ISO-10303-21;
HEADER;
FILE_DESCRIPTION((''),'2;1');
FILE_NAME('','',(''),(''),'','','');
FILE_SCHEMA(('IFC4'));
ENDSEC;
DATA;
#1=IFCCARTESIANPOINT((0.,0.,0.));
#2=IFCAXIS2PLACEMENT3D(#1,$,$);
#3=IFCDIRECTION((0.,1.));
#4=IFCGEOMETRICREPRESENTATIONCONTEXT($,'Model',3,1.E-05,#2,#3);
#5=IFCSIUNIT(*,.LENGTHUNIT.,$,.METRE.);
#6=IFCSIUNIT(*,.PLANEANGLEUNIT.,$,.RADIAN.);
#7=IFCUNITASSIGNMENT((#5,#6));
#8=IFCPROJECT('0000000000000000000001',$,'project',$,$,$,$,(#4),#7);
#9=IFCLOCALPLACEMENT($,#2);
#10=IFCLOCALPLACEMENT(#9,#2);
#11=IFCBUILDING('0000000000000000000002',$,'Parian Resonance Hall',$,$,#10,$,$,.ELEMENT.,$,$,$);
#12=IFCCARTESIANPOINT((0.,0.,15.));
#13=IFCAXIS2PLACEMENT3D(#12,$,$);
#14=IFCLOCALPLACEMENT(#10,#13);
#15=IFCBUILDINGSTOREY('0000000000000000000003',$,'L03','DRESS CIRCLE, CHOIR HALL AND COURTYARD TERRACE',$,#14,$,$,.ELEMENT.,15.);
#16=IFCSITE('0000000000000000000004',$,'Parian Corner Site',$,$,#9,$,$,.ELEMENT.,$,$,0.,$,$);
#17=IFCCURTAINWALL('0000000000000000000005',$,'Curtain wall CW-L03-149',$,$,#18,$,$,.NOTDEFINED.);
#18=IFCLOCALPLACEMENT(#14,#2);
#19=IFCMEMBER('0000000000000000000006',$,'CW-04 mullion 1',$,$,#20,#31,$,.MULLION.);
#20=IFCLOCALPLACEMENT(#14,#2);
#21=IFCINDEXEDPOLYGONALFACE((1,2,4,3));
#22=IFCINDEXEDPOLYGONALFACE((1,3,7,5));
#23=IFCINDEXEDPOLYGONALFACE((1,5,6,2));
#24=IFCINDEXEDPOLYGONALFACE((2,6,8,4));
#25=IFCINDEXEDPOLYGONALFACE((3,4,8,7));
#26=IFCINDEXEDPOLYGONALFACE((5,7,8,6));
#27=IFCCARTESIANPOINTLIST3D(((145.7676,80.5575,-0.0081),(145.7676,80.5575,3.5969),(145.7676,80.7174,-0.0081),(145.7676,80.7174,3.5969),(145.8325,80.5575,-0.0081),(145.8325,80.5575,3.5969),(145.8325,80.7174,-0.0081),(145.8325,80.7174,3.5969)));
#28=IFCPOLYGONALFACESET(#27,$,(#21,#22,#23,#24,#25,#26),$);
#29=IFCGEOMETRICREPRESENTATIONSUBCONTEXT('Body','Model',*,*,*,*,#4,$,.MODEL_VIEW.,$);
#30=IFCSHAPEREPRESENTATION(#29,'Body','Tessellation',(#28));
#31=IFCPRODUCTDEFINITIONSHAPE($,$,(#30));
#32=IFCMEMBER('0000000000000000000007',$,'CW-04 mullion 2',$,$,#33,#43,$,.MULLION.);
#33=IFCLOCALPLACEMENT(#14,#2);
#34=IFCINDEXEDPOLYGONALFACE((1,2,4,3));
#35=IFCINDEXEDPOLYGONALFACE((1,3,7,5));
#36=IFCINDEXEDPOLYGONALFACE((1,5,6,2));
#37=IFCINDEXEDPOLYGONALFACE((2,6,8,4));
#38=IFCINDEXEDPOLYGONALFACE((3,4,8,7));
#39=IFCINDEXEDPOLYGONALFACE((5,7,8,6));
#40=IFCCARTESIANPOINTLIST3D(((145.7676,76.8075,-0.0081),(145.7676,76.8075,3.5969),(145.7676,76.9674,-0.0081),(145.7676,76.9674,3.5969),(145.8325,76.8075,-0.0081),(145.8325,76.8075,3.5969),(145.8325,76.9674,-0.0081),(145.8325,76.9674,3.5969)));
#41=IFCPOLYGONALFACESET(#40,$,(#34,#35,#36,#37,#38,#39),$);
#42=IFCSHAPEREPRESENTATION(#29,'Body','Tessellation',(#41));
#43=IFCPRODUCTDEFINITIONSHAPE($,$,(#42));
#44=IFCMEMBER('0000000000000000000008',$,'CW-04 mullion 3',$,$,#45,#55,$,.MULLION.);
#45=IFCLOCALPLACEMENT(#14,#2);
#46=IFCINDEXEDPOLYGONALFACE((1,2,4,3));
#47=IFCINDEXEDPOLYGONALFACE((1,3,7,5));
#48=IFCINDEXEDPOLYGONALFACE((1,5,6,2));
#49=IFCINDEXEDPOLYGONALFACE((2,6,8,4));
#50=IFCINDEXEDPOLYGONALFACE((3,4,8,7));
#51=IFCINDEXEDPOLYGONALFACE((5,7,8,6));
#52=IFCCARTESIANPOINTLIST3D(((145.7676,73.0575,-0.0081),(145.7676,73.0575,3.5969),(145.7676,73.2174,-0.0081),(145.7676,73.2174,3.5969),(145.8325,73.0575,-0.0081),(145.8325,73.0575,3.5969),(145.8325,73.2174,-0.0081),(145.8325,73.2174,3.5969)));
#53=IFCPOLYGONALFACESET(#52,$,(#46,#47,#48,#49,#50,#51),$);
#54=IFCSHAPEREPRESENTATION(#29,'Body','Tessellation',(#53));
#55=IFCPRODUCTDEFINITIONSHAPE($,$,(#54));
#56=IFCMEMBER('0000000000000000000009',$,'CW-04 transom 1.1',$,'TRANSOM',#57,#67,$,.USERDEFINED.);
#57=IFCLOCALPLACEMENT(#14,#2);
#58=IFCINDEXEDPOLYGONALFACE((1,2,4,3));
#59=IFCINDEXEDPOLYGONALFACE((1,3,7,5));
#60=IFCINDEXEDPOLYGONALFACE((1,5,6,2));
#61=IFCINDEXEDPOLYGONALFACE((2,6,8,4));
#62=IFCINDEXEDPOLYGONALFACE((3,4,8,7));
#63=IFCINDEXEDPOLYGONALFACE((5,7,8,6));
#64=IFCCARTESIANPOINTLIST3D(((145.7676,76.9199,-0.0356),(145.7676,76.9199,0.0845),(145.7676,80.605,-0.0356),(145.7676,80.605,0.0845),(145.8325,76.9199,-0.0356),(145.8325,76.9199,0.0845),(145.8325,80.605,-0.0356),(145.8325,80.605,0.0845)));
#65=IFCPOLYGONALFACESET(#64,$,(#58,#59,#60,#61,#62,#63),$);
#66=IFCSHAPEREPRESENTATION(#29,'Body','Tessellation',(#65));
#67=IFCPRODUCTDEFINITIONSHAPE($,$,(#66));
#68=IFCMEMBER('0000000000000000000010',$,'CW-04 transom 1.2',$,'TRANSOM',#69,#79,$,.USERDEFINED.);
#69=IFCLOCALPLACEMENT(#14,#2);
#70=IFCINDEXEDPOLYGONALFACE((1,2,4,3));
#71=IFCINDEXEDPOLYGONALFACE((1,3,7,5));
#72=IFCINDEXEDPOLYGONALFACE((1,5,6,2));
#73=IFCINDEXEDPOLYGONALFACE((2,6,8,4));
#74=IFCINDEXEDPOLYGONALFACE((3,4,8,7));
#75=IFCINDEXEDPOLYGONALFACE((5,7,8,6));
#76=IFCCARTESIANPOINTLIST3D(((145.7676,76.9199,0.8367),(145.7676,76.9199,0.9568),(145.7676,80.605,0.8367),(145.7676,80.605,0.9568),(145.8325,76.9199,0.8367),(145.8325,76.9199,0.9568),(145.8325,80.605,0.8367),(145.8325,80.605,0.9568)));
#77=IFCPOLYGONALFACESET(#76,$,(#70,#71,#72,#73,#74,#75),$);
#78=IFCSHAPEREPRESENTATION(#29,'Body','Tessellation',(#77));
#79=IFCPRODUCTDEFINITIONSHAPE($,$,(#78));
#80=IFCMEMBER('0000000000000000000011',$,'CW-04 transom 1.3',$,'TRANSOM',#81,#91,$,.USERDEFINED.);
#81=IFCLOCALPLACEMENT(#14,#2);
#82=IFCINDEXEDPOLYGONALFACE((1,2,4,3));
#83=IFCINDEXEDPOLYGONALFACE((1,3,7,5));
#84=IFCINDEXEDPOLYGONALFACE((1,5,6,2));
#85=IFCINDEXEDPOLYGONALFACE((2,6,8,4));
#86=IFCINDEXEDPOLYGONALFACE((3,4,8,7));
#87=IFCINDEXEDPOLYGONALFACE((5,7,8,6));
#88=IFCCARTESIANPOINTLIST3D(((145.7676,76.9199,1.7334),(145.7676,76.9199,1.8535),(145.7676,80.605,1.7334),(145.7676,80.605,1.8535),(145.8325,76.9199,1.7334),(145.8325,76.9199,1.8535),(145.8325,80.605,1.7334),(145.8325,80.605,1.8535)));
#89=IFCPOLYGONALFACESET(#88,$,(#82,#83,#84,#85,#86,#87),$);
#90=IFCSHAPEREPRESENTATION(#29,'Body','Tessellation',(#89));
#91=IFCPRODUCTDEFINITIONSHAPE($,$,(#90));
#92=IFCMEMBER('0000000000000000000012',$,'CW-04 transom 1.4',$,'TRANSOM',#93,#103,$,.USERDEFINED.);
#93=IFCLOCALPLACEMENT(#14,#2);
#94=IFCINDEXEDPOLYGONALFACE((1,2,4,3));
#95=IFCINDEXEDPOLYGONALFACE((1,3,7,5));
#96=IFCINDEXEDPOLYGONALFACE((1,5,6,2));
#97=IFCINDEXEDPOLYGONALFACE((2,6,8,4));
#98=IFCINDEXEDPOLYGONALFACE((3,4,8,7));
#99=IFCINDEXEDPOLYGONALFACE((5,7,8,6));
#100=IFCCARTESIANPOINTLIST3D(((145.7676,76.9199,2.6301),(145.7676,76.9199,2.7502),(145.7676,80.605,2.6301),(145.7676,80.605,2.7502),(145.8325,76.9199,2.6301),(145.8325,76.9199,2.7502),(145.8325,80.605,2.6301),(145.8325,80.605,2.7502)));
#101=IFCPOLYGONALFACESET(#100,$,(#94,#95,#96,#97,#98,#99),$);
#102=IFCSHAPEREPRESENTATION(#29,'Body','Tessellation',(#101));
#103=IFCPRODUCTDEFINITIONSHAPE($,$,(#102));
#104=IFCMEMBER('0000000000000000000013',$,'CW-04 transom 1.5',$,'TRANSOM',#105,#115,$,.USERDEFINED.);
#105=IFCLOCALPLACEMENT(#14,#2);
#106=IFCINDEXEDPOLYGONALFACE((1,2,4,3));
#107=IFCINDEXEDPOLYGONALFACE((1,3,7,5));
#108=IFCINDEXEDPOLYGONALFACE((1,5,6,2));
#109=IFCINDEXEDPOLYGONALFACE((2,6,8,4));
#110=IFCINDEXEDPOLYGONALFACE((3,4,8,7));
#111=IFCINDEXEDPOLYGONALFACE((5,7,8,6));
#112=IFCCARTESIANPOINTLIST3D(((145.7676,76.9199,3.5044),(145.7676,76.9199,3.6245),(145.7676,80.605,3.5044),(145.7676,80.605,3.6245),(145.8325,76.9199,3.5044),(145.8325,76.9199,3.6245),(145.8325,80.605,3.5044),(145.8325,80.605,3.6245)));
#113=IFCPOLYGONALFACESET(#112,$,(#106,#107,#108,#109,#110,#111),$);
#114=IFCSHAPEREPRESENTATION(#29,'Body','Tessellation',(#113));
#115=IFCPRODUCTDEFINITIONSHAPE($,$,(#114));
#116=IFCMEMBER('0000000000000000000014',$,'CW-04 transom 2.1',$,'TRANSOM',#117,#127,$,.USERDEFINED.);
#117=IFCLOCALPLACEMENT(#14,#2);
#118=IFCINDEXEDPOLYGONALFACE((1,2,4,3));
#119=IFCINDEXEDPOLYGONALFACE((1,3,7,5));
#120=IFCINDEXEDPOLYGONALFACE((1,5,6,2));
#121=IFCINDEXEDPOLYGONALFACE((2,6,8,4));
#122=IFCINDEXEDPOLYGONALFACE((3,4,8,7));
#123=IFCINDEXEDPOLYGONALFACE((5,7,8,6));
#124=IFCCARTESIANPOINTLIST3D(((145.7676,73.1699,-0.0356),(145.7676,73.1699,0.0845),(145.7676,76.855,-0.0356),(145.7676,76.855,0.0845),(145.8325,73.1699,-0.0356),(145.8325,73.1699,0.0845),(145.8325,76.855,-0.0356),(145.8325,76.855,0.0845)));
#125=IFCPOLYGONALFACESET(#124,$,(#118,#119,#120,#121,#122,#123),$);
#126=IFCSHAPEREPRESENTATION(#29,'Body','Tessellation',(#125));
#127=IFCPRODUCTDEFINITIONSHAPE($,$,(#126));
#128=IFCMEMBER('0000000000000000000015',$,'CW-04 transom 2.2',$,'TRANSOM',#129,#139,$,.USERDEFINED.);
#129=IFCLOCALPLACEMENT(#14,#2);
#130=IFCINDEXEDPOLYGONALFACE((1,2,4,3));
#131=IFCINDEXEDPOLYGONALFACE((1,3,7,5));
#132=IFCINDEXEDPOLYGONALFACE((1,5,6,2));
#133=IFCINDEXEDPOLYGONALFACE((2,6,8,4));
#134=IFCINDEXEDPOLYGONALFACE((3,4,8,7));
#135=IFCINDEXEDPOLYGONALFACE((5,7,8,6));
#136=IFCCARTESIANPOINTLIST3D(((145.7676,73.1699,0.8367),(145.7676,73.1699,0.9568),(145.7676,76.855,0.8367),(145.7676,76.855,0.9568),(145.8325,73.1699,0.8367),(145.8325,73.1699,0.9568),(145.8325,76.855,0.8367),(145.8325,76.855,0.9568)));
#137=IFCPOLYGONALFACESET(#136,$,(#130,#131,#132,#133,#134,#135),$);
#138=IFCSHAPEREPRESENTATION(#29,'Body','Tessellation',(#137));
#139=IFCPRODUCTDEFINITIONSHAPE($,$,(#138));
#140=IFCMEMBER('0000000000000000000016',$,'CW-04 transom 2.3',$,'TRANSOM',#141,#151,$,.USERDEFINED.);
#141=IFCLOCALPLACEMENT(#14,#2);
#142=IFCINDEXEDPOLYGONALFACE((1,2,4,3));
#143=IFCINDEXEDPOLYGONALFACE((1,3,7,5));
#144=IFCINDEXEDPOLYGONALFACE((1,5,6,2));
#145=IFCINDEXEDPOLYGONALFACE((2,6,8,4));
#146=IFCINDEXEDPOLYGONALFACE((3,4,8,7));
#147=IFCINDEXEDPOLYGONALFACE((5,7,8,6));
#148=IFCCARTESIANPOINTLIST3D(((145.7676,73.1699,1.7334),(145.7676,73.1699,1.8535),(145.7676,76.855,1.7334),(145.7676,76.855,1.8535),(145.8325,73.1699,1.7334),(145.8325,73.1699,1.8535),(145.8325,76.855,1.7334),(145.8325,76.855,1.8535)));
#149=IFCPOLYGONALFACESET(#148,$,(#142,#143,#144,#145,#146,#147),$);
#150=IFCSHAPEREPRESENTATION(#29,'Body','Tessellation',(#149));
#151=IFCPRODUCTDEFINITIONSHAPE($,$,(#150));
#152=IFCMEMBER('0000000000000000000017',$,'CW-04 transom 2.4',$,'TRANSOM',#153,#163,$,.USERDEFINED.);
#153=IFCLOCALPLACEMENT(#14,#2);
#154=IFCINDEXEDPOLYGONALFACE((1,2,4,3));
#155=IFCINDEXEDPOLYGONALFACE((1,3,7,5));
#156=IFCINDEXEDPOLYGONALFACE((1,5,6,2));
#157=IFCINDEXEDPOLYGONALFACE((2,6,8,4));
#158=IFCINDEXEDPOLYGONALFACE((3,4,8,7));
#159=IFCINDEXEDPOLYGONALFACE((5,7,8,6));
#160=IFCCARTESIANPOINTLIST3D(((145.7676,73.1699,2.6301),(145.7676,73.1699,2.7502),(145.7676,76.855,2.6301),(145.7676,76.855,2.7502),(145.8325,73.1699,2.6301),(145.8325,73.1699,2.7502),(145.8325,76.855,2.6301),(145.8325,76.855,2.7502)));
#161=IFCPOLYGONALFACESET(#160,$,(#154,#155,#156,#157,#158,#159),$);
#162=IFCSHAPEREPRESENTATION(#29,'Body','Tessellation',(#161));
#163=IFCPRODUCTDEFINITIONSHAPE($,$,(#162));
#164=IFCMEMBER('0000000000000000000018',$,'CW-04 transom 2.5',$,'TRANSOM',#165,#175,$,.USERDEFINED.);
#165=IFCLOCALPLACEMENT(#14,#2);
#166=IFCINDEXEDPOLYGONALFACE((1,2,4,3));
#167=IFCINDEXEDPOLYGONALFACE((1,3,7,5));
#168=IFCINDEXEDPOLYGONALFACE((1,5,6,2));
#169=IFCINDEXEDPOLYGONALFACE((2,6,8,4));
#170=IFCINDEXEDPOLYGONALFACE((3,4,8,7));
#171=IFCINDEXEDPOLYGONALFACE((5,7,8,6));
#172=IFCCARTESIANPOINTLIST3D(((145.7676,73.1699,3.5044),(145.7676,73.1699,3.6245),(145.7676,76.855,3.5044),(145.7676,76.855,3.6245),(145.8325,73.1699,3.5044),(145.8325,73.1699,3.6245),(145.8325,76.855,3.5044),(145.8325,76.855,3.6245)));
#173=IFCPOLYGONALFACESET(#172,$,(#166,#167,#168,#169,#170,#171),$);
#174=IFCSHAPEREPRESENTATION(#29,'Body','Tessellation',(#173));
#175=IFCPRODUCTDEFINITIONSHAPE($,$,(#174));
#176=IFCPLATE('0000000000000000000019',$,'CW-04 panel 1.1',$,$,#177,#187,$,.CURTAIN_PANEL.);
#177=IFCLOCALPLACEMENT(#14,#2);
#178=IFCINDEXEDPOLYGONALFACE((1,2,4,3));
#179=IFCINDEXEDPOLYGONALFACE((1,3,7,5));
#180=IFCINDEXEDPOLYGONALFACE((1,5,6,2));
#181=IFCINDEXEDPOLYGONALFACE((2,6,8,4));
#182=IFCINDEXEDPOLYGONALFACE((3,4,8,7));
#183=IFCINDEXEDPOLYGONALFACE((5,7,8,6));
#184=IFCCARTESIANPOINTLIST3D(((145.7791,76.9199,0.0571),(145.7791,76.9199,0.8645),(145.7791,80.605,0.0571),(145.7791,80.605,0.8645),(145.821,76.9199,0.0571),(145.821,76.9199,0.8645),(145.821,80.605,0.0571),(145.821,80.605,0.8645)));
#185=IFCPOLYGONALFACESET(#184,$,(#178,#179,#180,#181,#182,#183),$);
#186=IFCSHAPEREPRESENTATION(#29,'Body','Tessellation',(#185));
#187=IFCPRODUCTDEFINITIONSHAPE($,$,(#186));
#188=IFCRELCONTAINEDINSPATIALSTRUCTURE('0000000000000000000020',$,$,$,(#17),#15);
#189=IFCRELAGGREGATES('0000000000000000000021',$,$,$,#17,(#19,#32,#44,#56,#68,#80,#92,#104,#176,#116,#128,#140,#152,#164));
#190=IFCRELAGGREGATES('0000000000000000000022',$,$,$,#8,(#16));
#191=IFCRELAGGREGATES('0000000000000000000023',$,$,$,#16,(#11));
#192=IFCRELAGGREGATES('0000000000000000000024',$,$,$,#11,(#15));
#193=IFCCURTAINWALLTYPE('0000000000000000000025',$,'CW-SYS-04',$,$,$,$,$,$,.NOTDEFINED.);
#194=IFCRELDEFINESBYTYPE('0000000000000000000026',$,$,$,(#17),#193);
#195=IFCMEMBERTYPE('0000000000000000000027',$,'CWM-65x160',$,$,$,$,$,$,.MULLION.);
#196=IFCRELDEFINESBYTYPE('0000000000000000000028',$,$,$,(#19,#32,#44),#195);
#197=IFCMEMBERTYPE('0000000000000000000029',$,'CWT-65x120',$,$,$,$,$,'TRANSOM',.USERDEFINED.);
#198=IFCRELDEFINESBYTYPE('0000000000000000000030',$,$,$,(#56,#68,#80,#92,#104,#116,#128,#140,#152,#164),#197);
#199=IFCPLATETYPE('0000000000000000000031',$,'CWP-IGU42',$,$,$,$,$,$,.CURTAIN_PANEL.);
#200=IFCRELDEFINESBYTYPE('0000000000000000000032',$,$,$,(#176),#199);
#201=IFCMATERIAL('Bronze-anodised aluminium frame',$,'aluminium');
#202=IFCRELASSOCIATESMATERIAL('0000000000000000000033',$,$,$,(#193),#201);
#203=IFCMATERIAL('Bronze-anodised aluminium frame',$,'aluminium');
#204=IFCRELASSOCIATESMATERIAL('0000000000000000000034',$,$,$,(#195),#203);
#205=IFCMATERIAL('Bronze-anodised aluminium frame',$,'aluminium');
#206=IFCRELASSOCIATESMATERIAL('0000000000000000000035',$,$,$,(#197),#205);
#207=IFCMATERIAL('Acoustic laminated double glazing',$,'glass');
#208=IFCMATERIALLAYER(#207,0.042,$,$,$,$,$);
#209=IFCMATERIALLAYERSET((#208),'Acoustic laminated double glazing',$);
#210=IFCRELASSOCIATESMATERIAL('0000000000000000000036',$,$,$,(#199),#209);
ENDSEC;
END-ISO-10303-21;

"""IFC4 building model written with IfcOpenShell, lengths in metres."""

from ifc_helpers import new_model, si_unit, direction, frame, origin, origin_2d, place, context, subcontext, project, spatial, rectangle, extrude, material, layer, layer_set, material_profile, profile_set, type_object, element, aggregate, save


model = new_model("IFC4")

# Units and contexts
model_context = context("Model", 3, precision=1e-05, world=origin(), true_north=direction((0.0, 1.0)))
body_context = subcontext(model_context, "Body", "Model", "MODEL_VIEW")
ifc_project = project(units=[si_unit("LENGTHUNIT", "METRE"), si_unit("PLANEANGLEUNIT", "RADIAN")], contexts=[model_context])

# Site, building, storey
site_placement = place(None, origin())
site = spatial("IfcSite", under=ifc_project, at=site_placement, Name="Parian Corner Site", CompositionType="ELEMENT", RefElevation=0.0)
building_placement = place(site_placement, origin())
building = spatial("IfcBuilding", under=site, at=building_placement, Name="Parian Resonance Hall", CompositionType="ELEMENT")
storey_placement = place(building_placement, frame((0.0, 0.0, 15.0)))
storey = spatial("IfcBuildingStorey", under=building, at=storey_placement, Name="L03", Description="DRESS CIRCLE, CHOIR HALL AND COURTYARD TERRACE", CompositionType="ELEMENT", Elevation=15.0)

# Curtain wall, members, plate
ifc_material_1 = material(Name="Bronze-anodised aluminium frame", Category="aluminium")
curtain_wall_type = type_object("IfcCurtainWallType", Name="CW-SYS-04", PredefinedType="NOTDEFINED", material=ifc_material_1)
curtain_wall_placement = place(storey_placement, origin())
curtain_wall = element("IfcCurtainWall", 1, at=curtain_wall_placement, inside=storey, type_object=curtain_wall_type, Name="Curtain wall CW-L03-149", PredefinedType="NOTDEFINED")
ifc_material_2 = material(Name="Bronze-anodised aluminium frame", Category="aluminium")
ifc_material_profile_1 = material_profile(ifc_material_2, rectangle(XDim=0.0649, YDim=0.1599, at=origin_2d()), Name="CWM-65x160")
ifc_profile_set_1 = profile_set([ifc_material_profile_1], Name="Bronze-anodised aluminium frame")
member_type_1 = type_object("IfcMemberType", Name="CWM-65x160", PredefinedType="MULLION", material=ifc_profile_set_1)
member_1_placement = place(storey_placement, frame((145.8, 80.6375, -0.0081), z_axis=(0.0, 0.0, 1.0), x_axis=(1.0, 0.0, 0.0)))
member_1 = element("IfcMember", 2, at=member_1_placement, type_object=member_type_1, Name="CW-04 mullion 1", PredefinedType="MULLION", context=body_context, shape_type="SweptSolid", body=[
    extrude(rectangle(XDim=0.0649, YDim=0.1599, at=origin_2d()), origin(), (0.0, 0.0, 1.0), 3.605),
])
member_2_placement = place(storey_placement, frame((145.8, 76.8875, -0.0081), z_axis=(0.0, 0.0, 1.0), x_axis=(1.0, 0.0, 0.0)))
member_2 = element("IfcMember", 3, at=member_2_placement, type_object=member_type_1, Name="CW-04 mullion 2", PredefinedType="MULLION", context=body_context, shape_type="SweptSolid", body=[
    extrude(rectangle(XDim=0.0649, YDim=0.1599, at=origin_2d()), origin(), (0.0, 0.0, 1.0), 3.605),
])
member_3_placement = place(storey_placement, frame((145.8, 73.1375, -0.0081), z_axis=(0.0, 0.0, 1.0), x_axis=(1.0, 0.0, 0.0)))
member_3 = element("IfcMember", 4, at=member_3_placement, type_object=member_type_1, Name="CW-04 mullion 3", PredefinedType="MULLION", context=body_context, shape_type="SweptSolid", body=[
    extrude(rectangle(XDim=0.0649, YDim=0.1599, at=origin_2d()), origin(), (0.0, 0.0, 1.0), 3.605),
])
ifc_material_3 = material(Name="Bronze-anodised aluminium frame", Category="aluminium")
ifc_material_profile_2 = material_profile(ifc_material_3, rectangle(XDim=0.0649, YDim=0.1201, at=origin_2d()), Name="CWT-65x120")
ifc_profile_set_2 = profile_set([ifc_material_profile_2], Name="Bronze-anodised aluminium frame")
member_type_2 = type_object("IfcMemberType", Name="CWT-65x120", ElementType="TRANSOM", PredefinedType="USERDEFINED", material=ifc_profile_set_2)
member_4_placement = place(storey_placement, frame((145.8, 80.605, 0.0244), z_axis=(0.0, -1.0, 0.0), x_axis=(1.0, 0.0, 0.0)))
member_4 = element("IfcMember", 5, at=member_4_placement, type_object=member_type_2, Name="CW-04 transom 1.1", ObjectType="TRANSOM", PredefinedType="USERDEFINED", context=body_context, shape_type="SweptSolid", body=[
    extrude(rectangle(XDim=0.0649, YDim=0.1201, at=origin_2d()), origin(), (0.0, 0.0, 1.0), 3.6851),
])
member_5_placement = place(storey_placement, frame((145.8, 80.605, 0.8967), z_axis=(0.0, -1.0, 0.0), x_axis=(1.0, 0.0, 0.0)))
member_5 = element("IfcMember", 6, at=member_5_placement, type_object=member_type_2, Name="CW-04 transom 1.2", ObjectType="TRANSOM", PredefinedType="USERDEFINED", context=body_context, shape_type="SweptSolid", body=[
    extrude(rectangle(XDim=0.0649, YDim=0.1201, at=origin_2d()), origin(), (0.0, 0.0, 1.0), 3.6851),
])
member_6_placement = place(storey_placement, frame((145.8, 80.605, 1.7935), z_axis=(0.0, -1.0, 0.0), x_axis=(1.0, 0.0, 0.0)))
member_6 = element("IfcMember", 7, at=member_6_placement, type_object=member_type_2, Name="CW-04 transom 1.3", ObjectType="TRANSOM", PredefinedType="USERDEFINED", context=body_context, shape_type="SweptSolid", body=[
    extrude(rectangle(XDim=0.0649, YDim=0.1201, at=origin_2d()), origin(), (0.0, 0.0, 1.0), 3.6851),
])
member_7_placement = place(storey_placement, frame((145.8, 80.605, 2.6902), z_axis=(0.0, -1.0, 0.0), x_axis=(1.0, 0.0, 0.0)))
member_7 = element("IfcMember", 8, at=member_7_placement, type_object=member_type_2, Name="CW-04 transom 1.4", ObjectType="TRANSOM", PredefinedType="USERDEFINED", context=body_context, shape_type="SweptSolid", body=[
    extrude(rectangle(XDim=0.0649, YDim=0.1201, at=origin_2d()), origin(), (0.0, 0.0, 1.0), 3.6851),
])
member_8_placement = place(storey_placement, frame((145.8, 80.605, 3.5645), z_axis=(0.0, -1.0, 0.0), x_axis=(1.0, 0.0, 0.0)))
member_8 = element("IfcMember", 9, at=member_8_placement, type_object=member_type_2, Name="CW-04 transom 1.5", ObjectType="TRANSOM", PredefinedType="USERDEFINED", context=body_context, shape_type="SweptSolid", body=[
    extrude(rectangle(XDim=0.0649, YDim=0.1201, at=origin_2d()), origin(), (0.0, 0.0, 1.0), 3.6851),
])
member_9_placement = place(storey_placement, frame((145.8, 76.855, 0.0244), z_axis=(0.0, -1.0, 0.0), x_axis=(1.0, 0.0, 0.0)))
member_9 = element("IfcMember", 10, at=member_9_placement, type_object=member_type_2, Name="CW-04 transom 2.1", ObjectType="TRANSOM", PredefinedType="USERDEFINED", context=body_context, shape_type="SweptSolid", body=[
    extrude(rectangle(XDim=0.0649, YDim=0.1201, at=origin_2d()), origin(), (0.0, 0.0, 1.0), 3.6851),
])
member_10_placement = place(storey_placement, frame((145.8, 76.855, 0.8967), z_axis=(0.0, -1.0, 0.0), x_axis=(1.0, 0.0, 0.0)))
member_10 = element("IfcMember", 11, at=member_10_placement, type_object=member_type_2, Name="CW-04 transom 2.2", ObjectType="TRANSOM", PredefinedType="USERDEFINED", context=body_context, shape_type="SweptSolid", body=[
    extrude(rectangle(XDim=0.0649, YDim=0.1201, at=origin_2d()), origin(), (0.0, 0.0, 1.0), 3.6851),
])
member_11_placement = place(storey_placement, frame((145.8, 76.855, 1.7935), z_axis=(0.0, -1.0, 0.0), x_axis=(1.0, 0.0, 0.0)))
member_11 = element("IfcMember", 12, at=member_11_placement, type_object=member_type_2, Name="CW-04 transom 2.3", ObjectType="TRANSOM", PredefinedType="USERDEFINED", context=body_context, shape_type="SweptSolid", body=[
    extrude(rectangle(XDim=0.0649, YDim=0.1201, at=origin_2d()), origin(), (0.0, 0.0, 1.0), 3.6851),
])
member_12_placement = place(storey_placement, frame((145.8, 76.855, 2.6902), z_axis=(0.0, -1.0, 0.0), x_axis=(1.0, 0.0, 0.0)))
member_12 = element("IfcMember", 13, at=member_12_placement, type_object=member_type_2, Name="CW-04 transom 2.4", ObjectType="TRANSOM", PredefinedType="USERDEFINED", context=body_context, shape_type="SweptSolid", body=[
    extrude(rectangle(XDim=0.0649, YDim=0.1201, at=origin_2d()), origin(), (0.0, 0.0, 1.0), 3.6851),
])
member_13_placement = place(storey_placement, frame((145.8, 76.855, 3.5645), z_axis=(0.0, -1.0, 0.0), x_axis=(1.0, 0.0, 0.0)))
member_13 = element("IfcMember", 14, at=member_13_placement, type_object=member_type_2, Name="CW-04 transom 2.5", ObjectType="TRANSOM", PredefinedType="USERDEFINED", context=body_context, shape_type="SweptSolid", body=[
    extrude(rectangle(XDim=0.0649, YDim=0.1201, at=origin_2d()), origin(), (0.0, 0.0, 1.0), 3.6851),
])
ifc_material_4 = material(Name="Acoustic laminated double glazing", Category="glass")
ifc_layer_1 = layer(ifc_material_4, 0.042)
ifc_layer_set_1 = layer_set([ifc_layer_1], Name="Acoustic laminated double glazing")
plate_type_1 = type_object("IfcPlateType", Name="CWP-IGU42", PredefinedType="CURTAIN_PANEL", material=ifc_layer_set_1)
plate_1_placement = place(storey_placement, frame((145.8, 78.7625, 0.0571), z_axis=(0.0, 0.0, 1.0), x_axis=(0.0, -1.0, 0.0)))
plate_1 = element("IfcPlate", 15, at=plate_1_placement, type_object=plate_type_1, Name="CW-04 panel 1.1", PredefinedType="CURTAIN_PANEL", context=body_context, shape_type="SweptSolid", body=[
    extrude(rectangle(XDim=3.6851, YDim=0.042, at=origin_2d()), origin(), (0.0, 0.0, 1.0), 0.8074),
])
aggregate(curtain_wall, [member_1, member_2, member_3, member_4, member_5, member_6, member_7, member_8, plate_1, member_9, member_10, member_11, member_12, member_13])

save(model, "model.ifc")
